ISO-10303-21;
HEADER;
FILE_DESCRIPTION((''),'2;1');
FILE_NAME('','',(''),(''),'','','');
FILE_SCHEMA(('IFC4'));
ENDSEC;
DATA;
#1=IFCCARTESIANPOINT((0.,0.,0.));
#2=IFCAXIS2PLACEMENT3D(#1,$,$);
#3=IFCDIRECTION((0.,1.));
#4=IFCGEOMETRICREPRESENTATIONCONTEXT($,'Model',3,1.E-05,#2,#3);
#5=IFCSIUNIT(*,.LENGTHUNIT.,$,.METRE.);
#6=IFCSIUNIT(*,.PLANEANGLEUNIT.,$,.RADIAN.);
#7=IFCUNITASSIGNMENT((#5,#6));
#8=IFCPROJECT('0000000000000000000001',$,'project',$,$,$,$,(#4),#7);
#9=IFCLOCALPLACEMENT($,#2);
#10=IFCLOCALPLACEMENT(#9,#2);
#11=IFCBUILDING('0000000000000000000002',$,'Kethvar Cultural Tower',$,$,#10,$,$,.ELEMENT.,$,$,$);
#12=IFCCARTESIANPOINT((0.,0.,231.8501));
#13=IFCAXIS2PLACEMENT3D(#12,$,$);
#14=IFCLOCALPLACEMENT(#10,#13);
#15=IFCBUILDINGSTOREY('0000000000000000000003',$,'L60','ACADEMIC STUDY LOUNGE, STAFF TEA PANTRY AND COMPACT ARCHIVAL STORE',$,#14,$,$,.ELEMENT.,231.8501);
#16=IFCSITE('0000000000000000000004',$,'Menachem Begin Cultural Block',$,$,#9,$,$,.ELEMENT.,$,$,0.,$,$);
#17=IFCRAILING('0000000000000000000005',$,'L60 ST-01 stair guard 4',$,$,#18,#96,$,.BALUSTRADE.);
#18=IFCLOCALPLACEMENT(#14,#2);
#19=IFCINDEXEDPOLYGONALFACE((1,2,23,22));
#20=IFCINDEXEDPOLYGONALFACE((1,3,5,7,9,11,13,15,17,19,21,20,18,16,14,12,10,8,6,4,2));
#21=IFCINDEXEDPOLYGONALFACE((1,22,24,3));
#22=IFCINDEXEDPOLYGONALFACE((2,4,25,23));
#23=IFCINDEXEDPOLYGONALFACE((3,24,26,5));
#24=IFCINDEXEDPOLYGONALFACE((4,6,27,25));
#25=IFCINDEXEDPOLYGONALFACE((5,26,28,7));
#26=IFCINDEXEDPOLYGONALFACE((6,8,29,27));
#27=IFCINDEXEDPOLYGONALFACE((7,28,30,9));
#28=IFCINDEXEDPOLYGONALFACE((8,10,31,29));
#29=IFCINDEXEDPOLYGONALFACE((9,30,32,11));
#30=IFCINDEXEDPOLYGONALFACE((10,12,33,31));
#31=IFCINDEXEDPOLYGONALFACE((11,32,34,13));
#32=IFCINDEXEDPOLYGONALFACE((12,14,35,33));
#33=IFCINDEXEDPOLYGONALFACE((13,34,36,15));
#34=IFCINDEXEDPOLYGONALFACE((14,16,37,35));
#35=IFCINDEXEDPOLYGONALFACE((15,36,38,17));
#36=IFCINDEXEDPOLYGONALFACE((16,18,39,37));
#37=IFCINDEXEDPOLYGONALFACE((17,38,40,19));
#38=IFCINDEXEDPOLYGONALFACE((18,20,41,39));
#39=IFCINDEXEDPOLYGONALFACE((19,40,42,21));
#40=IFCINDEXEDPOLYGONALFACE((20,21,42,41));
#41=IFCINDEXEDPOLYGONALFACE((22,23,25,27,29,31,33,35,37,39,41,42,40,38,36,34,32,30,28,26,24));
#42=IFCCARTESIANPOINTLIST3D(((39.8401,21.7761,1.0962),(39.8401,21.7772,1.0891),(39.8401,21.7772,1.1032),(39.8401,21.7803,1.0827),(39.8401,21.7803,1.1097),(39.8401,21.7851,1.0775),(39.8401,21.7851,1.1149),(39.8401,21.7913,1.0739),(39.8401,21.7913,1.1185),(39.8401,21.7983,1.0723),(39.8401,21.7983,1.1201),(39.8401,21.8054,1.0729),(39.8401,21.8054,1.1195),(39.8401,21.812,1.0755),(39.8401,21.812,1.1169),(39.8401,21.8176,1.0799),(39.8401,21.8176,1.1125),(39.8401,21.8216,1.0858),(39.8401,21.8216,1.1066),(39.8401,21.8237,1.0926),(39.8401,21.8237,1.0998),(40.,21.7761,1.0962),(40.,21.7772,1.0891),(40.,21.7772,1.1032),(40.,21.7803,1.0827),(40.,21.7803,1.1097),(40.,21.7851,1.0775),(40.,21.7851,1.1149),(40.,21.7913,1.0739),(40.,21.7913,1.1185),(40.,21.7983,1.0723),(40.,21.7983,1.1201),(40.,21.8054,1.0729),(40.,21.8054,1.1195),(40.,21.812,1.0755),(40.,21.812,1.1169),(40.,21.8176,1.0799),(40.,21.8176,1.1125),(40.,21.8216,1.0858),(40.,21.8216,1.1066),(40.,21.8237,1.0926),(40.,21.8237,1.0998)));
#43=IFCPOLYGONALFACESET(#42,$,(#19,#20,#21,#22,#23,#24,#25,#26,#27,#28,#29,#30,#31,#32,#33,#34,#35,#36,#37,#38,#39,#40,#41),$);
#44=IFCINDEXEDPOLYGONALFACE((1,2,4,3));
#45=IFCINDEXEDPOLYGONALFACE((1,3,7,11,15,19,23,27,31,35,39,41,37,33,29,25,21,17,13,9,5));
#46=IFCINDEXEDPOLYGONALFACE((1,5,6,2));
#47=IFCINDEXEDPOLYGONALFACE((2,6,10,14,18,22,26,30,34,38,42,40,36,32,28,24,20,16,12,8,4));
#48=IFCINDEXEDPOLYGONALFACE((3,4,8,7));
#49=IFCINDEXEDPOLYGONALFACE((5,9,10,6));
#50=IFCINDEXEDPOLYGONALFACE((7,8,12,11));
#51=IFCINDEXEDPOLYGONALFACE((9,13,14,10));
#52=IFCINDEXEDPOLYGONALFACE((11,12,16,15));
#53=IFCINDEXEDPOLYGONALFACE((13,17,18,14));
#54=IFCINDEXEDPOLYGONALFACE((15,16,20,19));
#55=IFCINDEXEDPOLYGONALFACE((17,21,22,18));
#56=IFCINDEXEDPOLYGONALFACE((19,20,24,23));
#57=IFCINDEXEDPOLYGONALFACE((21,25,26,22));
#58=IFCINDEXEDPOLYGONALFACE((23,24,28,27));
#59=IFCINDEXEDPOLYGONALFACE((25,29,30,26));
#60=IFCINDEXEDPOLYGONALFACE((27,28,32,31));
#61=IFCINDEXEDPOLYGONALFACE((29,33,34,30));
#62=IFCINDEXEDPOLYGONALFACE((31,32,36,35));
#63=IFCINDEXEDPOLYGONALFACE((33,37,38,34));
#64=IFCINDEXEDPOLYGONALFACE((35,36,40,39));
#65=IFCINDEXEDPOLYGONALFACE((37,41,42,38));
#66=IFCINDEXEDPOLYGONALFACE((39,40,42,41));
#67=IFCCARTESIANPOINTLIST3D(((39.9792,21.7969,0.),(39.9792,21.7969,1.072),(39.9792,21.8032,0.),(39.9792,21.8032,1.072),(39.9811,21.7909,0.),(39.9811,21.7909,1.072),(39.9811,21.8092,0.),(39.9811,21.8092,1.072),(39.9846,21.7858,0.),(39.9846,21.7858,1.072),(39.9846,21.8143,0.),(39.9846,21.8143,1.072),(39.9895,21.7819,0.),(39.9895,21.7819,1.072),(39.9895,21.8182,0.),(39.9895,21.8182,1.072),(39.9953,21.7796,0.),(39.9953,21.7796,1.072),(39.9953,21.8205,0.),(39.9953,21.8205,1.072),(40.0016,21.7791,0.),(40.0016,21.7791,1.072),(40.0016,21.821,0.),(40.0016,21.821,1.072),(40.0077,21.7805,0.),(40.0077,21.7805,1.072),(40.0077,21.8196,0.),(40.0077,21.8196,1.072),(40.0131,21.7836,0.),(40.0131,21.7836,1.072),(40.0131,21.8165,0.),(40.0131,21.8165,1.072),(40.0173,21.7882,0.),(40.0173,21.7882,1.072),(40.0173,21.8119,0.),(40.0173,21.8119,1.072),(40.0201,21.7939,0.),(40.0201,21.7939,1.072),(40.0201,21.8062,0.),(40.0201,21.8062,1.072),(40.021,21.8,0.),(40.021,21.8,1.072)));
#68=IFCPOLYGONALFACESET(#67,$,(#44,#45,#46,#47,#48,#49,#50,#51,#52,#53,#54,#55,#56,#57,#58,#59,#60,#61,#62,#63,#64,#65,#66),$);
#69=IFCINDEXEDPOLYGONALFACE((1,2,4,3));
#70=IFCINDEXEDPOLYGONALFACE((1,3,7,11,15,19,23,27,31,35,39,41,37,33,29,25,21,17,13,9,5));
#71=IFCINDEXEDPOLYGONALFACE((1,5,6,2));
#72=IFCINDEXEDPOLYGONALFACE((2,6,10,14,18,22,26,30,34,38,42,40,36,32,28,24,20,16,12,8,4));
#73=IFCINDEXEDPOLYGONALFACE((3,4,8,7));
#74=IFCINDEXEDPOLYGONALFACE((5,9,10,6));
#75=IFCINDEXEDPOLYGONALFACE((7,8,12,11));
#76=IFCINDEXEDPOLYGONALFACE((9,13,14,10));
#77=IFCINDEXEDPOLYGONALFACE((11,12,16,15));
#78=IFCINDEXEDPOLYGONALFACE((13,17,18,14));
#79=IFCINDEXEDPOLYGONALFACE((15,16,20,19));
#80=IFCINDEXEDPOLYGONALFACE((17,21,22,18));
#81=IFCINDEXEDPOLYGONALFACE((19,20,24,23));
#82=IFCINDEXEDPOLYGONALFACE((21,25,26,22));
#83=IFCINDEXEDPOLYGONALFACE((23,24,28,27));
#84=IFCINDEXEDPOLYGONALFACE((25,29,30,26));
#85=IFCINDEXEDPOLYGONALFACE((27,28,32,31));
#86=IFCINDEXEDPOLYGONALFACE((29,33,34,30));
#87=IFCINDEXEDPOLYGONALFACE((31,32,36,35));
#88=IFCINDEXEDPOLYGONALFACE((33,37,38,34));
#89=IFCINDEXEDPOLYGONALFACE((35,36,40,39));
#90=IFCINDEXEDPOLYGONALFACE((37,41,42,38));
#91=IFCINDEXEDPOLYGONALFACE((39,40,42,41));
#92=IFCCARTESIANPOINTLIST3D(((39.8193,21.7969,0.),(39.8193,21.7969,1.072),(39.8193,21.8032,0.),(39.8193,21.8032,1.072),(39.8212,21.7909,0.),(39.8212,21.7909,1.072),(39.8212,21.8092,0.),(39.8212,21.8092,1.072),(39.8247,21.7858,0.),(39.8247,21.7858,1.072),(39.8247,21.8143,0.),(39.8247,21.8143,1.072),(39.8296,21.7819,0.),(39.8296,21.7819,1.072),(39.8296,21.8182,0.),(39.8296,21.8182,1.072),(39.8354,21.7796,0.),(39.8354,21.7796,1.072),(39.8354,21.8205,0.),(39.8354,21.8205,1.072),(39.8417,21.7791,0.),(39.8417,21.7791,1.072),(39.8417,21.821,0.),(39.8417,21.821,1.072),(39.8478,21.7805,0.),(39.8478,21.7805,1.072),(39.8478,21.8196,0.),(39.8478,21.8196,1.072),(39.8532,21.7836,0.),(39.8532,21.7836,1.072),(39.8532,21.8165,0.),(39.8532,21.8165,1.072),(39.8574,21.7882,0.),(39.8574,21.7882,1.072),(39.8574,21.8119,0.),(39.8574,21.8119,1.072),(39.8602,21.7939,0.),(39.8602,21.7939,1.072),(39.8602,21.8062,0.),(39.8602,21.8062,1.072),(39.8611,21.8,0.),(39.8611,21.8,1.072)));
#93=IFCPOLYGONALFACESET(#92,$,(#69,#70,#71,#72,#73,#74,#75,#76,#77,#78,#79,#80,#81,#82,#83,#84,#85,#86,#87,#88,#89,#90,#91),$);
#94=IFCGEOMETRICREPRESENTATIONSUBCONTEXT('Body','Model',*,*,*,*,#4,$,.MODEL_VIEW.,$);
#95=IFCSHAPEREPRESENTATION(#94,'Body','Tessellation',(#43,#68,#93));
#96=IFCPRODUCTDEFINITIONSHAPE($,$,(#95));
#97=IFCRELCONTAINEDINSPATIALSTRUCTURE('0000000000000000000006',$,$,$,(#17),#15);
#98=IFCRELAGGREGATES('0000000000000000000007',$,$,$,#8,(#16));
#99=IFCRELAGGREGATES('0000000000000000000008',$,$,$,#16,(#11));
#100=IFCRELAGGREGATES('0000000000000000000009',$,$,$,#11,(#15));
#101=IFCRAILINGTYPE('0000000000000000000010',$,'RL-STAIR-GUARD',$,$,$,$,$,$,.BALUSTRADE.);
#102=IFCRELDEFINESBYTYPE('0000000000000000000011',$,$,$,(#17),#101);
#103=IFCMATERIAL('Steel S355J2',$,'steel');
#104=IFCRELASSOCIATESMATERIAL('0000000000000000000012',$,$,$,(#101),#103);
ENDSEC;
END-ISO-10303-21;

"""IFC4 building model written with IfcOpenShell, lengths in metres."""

from ifc_helpers import new_model, si_unit, direction, frame, origin, origin_2d, place, context, subcontext, project, spatial, circle, extrude, material, type_object, element, save


model = new_model("IFC4")

# Units and contexts
model_context = context("Model", 3, precision=1e-05, world=origin(), true_north=direction((0.0, 1.0)))
body_context = subcontext(model_context, "Body", "Model", "MODEL_VIEW")
ifc_project = project(units=[si_unit("LENGTHUNIT", "METRE"), si_unit("PLANEANGLEUNIT", "RADIAN")], contexts=[model_context])

# Site, building, storey
site_placement = place(None, origin())
site = spatial("IfcSite", under=ifc_project, at=site_placement, Name="Menachem Begin Cultural Block", CompositionType="ELEMENT", RefElevation=0.0)
building_placement = place(site_placement, origin())
building = spatial("IfcBuilding", under=site, at=building_placement, Name="Kethvar Cultural Tower", CompositionType="ELEMENT")
storey_placement = place(building_placement, frame((0.0, 0.0, 231.8501)))
storey = spatial("IfcBuildingStorey", under=building, at=storey_placement, Name="L60", Description="ACADEMIC STUDY LOUNGE, STAFF TEA PANTRY AND COMPACT ARCHIVAL STORE", CompositionType="ELEMENT", Elevation=231.8501)

# Shared definitions
ifc_material_1 = material(Name="Steel S355J2", Category="steel")

# Railing
railing_type_1 = type_object("IfcRailingType", Name="RL-STAIR-GUARD", PredefinedType="BALUSTRADE", material=ifc_material_1)
railing_1_placement = place(storey_placement, frame((40.0, 21.8, 0.0)))
element("IfcRailing", 1, at=railing_1_placement, inside=storey, type_object=railing_type_1, Name="L60 ST-01 stair guard 4", PredefinedType="BALUSTRADE", context=body_context, shape_type="SweptSolid", body=[
    extrude(circle(Radius=0.0239, at=origin_2d()), frame((0.0, 0.0, 1.0962), z_axis=(-1.0, 0.0, 0.0), x_axis=(0.0, -1.0, 0.0)), (0.0, 0.0, 1.0), 0.1599),
    extrude(circle(Radius=0.021, at=origin_2d()), origin(), (0.0, 0.0, 1.0), 1.072),
    extrude(circle(Radius=0.021, at=origin_2d()), frame((-0.1599, 0.0, 0.0)), (0.0, 0.0, 1.0), 1.072),
])

save(model, "model.ifc")
